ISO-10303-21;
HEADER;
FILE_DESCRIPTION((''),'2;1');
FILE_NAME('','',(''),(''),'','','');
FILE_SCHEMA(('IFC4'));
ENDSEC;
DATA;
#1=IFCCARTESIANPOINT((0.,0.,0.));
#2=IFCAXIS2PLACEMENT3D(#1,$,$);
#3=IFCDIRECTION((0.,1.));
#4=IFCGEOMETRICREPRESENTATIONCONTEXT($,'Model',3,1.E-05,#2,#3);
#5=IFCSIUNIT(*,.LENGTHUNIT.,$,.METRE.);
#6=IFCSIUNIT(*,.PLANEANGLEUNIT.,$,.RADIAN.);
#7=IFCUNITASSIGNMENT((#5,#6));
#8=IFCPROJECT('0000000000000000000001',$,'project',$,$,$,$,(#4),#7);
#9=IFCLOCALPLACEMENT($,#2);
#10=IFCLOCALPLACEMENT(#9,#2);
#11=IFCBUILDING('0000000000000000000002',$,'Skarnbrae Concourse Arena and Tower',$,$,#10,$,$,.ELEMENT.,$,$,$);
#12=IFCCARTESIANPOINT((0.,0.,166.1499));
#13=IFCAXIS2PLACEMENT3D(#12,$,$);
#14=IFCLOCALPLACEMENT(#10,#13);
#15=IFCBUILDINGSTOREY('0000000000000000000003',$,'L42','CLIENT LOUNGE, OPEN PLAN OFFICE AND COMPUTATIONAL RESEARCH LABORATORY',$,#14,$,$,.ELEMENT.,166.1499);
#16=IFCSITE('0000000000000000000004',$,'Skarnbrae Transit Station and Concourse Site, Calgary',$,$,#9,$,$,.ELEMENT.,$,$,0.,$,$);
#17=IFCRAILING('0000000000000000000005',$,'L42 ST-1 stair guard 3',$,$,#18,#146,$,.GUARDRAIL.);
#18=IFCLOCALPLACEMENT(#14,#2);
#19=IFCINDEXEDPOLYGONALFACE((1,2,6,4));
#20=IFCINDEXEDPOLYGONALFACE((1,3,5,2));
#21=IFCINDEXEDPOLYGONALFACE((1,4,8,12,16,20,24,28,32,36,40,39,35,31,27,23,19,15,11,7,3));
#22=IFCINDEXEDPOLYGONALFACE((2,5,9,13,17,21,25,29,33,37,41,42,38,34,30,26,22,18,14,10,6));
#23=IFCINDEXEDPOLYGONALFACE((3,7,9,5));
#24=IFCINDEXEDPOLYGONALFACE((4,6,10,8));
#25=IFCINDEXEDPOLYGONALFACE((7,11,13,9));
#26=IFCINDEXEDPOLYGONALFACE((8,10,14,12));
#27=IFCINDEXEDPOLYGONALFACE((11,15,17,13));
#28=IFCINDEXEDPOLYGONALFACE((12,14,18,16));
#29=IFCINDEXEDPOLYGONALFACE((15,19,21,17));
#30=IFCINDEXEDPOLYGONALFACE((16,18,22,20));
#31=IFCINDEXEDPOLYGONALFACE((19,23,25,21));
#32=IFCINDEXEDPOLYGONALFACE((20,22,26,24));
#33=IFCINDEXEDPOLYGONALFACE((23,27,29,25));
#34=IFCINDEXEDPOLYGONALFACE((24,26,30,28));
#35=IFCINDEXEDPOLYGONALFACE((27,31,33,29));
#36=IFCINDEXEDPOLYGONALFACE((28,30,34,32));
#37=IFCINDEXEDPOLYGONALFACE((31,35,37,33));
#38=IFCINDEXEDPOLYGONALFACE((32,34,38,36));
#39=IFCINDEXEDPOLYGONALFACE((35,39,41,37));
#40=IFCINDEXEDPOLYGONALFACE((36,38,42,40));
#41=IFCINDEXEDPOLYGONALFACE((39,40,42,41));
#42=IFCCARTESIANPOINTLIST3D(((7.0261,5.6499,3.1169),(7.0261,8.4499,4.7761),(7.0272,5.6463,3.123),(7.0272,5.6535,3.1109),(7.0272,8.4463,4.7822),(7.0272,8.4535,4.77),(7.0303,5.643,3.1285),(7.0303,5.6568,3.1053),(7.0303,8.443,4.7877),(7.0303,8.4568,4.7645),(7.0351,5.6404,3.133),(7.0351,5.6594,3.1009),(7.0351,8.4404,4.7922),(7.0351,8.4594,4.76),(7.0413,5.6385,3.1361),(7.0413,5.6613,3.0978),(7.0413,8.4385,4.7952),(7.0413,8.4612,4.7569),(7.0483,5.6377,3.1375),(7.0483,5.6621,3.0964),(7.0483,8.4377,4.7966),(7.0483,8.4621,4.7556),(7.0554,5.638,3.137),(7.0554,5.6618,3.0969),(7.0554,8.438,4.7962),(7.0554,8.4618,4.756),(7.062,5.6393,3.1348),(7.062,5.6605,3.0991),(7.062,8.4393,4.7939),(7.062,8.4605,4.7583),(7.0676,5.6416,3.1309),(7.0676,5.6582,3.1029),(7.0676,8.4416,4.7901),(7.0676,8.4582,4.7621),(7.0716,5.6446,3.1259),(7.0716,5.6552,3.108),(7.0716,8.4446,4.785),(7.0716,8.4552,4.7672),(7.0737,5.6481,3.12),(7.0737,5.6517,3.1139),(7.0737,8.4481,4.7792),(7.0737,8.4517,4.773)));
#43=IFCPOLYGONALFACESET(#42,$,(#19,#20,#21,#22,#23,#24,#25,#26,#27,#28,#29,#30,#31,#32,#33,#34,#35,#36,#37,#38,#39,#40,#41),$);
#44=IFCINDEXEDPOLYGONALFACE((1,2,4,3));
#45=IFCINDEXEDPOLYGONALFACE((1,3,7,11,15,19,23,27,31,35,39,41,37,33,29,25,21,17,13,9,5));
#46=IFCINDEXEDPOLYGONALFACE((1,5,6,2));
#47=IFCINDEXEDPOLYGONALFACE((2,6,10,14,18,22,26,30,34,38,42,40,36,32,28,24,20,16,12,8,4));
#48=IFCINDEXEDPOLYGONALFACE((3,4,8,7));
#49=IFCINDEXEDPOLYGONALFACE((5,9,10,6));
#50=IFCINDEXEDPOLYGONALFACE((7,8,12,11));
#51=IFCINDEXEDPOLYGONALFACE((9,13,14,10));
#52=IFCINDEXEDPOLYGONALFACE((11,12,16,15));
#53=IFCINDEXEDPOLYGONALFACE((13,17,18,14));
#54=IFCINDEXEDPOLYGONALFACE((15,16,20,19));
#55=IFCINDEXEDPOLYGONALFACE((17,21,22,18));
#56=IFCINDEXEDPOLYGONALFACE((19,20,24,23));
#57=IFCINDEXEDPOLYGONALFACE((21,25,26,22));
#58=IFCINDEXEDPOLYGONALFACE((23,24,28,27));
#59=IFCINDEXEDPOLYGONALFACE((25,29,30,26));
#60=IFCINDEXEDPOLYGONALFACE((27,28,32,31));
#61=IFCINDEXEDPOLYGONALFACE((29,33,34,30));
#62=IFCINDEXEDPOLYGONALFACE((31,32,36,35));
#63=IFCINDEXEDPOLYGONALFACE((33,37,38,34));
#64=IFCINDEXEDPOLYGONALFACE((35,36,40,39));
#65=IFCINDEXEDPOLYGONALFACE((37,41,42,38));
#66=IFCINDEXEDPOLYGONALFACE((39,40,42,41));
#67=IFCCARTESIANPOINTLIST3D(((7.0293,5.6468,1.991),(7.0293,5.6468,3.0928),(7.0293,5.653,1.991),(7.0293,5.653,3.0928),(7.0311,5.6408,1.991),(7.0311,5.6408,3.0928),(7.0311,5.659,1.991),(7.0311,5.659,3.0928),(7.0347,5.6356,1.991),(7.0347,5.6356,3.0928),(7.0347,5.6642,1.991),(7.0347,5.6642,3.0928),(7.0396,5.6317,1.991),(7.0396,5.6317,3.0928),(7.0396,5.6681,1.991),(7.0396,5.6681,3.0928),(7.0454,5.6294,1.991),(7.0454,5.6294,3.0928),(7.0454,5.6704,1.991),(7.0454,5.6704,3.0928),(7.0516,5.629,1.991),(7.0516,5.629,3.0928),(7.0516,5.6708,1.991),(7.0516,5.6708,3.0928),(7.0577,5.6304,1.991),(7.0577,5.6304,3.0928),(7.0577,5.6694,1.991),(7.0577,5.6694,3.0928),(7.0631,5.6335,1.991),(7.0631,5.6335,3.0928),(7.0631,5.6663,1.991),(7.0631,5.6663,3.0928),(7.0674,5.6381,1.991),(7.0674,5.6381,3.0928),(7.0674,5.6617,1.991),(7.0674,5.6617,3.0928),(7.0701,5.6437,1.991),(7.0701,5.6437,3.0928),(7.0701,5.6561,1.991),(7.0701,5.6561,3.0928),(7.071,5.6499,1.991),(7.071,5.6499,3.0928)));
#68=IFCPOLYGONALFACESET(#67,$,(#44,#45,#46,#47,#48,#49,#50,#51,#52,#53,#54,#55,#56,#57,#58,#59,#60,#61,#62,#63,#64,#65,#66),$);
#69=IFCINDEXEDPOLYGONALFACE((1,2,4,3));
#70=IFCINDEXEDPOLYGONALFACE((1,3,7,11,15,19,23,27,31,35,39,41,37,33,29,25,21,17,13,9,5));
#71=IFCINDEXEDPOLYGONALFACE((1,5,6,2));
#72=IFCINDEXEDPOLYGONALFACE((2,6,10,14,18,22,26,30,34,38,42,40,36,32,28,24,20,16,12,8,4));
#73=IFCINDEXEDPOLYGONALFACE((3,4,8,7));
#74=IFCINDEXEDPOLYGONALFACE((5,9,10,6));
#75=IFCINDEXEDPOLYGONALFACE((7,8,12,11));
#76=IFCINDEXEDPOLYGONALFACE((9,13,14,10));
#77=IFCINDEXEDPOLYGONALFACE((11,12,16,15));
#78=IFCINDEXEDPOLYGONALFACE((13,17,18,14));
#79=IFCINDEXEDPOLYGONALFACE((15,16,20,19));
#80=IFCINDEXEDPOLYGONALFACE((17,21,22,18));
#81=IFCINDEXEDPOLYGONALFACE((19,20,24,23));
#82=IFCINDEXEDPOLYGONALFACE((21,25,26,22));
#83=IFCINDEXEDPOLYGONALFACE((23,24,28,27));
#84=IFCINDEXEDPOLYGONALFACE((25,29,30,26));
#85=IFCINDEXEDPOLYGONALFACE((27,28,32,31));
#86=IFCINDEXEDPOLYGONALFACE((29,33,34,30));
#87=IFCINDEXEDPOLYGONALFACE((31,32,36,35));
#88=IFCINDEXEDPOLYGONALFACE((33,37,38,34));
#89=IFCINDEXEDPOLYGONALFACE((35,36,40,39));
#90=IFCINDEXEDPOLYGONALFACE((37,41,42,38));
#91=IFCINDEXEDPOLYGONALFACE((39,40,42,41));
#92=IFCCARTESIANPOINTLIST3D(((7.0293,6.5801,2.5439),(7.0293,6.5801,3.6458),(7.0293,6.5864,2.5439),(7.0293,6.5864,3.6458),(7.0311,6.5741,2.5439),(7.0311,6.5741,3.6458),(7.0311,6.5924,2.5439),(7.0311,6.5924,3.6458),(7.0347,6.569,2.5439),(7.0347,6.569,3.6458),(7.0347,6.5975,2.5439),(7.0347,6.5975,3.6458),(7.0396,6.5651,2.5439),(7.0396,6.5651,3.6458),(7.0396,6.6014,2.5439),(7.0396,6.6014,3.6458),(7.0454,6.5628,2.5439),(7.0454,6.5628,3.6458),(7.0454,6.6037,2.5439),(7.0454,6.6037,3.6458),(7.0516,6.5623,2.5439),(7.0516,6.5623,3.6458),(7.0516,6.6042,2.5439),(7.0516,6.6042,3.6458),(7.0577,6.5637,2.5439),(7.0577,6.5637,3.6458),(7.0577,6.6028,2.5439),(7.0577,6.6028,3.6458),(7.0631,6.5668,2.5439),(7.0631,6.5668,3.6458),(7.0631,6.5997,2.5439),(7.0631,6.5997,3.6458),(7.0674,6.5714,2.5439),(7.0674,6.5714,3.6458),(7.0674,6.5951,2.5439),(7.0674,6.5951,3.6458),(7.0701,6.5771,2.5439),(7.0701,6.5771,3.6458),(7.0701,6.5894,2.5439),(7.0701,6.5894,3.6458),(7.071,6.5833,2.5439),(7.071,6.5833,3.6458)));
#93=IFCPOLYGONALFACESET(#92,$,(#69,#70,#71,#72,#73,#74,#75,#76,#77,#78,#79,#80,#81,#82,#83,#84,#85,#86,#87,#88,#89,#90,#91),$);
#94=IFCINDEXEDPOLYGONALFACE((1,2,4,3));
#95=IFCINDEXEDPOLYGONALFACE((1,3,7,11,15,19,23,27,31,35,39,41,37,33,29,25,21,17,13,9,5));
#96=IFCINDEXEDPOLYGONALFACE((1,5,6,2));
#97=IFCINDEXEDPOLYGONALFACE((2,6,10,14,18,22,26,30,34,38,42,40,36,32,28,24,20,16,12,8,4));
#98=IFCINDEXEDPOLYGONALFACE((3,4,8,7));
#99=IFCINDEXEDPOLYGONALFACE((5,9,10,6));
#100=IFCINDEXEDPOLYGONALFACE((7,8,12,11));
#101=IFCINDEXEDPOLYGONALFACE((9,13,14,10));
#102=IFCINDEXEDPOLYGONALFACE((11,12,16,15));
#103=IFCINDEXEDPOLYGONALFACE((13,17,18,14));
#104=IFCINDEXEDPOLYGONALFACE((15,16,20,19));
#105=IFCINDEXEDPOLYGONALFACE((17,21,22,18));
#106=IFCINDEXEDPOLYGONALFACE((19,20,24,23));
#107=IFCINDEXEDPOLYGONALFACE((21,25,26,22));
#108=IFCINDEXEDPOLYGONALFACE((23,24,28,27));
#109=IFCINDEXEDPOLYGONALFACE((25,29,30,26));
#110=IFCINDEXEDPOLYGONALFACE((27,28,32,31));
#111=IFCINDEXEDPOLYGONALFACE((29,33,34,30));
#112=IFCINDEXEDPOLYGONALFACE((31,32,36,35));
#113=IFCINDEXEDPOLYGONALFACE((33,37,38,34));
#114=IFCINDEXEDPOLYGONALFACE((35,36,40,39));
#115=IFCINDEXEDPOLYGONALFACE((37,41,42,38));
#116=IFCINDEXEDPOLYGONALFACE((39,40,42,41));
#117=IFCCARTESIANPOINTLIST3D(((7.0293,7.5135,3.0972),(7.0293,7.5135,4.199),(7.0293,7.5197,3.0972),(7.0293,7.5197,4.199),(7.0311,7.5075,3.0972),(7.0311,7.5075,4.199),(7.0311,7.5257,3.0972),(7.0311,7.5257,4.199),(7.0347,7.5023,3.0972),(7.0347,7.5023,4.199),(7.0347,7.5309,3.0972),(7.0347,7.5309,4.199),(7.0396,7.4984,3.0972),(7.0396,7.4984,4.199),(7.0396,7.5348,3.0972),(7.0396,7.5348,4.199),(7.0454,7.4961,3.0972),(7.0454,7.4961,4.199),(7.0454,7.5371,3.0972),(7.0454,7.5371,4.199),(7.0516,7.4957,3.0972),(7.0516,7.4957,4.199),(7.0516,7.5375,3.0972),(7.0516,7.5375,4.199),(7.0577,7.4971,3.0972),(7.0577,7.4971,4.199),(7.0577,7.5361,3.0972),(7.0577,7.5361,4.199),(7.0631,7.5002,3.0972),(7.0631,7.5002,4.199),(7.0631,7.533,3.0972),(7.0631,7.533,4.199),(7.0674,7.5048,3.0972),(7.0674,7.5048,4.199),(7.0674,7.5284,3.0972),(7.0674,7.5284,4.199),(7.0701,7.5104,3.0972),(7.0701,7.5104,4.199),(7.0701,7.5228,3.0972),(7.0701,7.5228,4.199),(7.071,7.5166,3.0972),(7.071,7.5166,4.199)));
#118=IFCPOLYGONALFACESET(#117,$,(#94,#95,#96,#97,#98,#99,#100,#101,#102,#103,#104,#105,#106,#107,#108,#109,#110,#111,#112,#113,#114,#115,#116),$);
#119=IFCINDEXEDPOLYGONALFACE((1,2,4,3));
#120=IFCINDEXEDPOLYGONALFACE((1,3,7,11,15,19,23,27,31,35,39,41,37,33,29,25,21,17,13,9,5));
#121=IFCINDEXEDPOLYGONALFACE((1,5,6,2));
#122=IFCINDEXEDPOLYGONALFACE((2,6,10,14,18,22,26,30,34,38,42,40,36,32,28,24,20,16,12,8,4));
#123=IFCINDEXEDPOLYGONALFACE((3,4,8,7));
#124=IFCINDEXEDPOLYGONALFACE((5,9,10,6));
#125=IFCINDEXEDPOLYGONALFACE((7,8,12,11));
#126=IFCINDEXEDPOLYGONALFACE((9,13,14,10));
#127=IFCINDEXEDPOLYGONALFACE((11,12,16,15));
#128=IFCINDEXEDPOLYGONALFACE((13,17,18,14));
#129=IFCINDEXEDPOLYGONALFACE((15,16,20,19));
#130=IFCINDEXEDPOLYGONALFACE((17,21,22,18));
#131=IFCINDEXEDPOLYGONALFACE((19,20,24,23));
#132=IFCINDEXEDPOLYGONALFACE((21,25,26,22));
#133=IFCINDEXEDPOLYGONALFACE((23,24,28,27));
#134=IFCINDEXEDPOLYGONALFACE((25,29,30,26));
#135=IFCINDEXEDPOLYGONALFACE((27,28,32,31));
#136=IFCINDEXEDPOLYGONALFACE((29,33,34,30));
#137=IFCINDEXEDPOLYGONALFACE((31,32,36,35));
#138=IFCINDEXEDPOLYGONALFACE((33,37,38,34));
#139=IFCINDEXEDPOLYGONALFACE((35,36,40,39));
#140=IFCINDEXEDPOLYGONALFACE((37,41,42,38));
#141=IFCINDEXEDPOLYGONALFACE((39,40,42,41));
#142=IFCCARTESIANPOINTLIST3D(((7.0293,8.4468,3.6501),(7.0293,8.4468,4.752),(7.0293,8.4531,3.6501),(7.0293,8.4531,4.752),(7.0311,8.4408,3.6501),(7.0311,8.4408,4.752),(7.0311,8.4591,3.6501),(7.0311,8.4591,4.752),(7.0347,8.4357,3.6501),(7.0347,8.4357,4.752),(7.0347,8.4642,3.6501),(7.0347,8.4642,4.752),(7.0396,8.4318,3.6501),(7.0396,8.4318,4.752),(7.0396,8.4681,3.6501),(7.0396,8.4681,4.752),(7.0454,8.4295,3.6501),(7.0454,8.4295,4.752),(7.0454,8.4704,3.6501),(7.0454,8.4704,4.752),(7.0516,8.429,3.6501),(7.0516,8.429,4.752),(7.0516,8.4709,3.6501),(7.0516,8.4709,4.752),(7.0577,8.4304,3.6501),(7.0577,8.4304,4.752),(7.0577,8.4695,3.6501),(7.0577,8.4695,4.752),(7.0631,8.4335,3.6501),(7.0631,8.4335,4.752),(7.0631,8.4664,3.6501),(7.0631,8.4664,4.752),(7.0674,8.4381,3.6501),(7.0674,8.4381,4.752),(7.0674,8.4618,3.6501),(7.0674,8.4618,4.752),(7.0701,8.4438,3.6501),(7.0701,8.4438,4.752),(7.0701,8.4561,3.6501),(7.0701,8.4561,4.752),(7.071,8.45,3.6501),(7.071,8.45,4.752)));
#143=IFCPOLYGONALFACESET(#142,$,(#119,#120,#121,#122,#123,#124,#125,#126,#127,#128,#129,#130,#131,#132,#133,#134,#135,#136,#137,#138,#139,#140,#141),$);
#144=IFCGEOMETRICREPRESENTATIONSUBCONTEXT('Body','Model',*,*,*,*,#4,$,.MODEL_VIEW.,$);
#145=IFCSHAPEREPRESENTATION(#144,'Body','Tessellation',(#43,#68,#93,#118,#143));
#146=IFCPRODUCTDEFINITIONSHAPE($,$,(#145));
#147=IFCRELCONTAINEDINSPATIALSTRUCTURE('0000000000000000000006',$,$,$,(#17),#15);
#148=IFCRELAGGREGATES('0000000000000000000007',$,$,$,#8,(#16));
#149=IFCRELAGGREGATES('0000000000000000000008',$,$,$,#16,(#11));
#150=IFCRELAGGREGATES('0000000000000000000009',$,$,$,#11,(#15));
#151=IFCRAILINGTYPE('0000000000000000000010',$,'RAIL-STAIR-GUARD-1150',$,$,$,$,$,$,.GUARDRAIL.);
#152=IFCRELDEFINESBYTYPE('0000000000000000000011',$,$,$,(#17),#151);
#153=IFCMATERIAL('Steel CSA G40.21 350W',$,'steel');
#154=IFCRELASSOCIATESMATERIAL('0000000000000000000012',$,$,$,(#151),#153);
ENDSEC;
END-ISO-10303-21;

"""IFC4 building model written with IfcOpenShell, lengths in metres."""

from ifc_helpers import new_model, si_unit, direction, frame, origin, origin_2d, place, context, subcontext, project, spatial, circle, extrude, material, type_object, element, save


model = new_model("IFC4")

# Units and contexts
model_context = context("Model", 3, precision=1e-05, world=origin(), true_north=direction((0.0, 1.0)))
body_context = subcontext(model_context, "Body", "Model", "MODEL_VIEW")
ifc_project = project(units=[si_unit("LENGTHUNIT", "METRE"), si_unit("PLANEANGLEUNIT", "RADIAN")], contexts=[model_context])

# Site, building, storey
site_placement = place(None, origin())
site = spatial("IfcSite", under=ifc_project, at=site_placement, Name="Skarnbrae Transit Station and Concourse Site, Calgary", CompositionType="ELEMENT", RefElevation=0.0)
building_placement = place(site_placement, origin())
building = spatial("IfcBuilding", under=site, at=building_placement, Name="Skarnbrae Concourse Arena and Tower", CompositionType="ELEMENT")
storey_placement = place(building_placement, frame((0.0, 0.0, 166.1499)))
storey = spatial("IfcBuildingStorey", under=building, at=storey_placement, Name="L42", Description="CLIENT LOUNGE, OPEN PLAN OFFICE AND COMPUTATIONAL RESEARCH LABORATORY", CompositionType="ELEMENT", Elevation=166.1499)

# Railing
ifc_material_1 = material(Name="Steel CSA G40.21 350W", Category="steel")
railing_type_1 = type_object("IfcRailingType", Name="RAIL-STAIR-GUARD-1150", PredefinedType="GUARDRAIL", material=ifc_material_1)
railing_1_placement = place(storey_placement, frame((7.05, 5.6499, 1.991)))
element("IfcRailing", 1, at=railing_1_placement, inside=storey, type_object=railing_type_1, Name="L42 ST-1 stair guard 3", PredefinedType="GUARDRAIL", context=body_context, shape_type="SweptSolid", body=[
    extrude(circle(Radius=0.0239, at=origin_2d()), frame((0.0, 0.0, 1.126), z_axis=(0.0, 0.860306, 0.509778), x_axis=(-1.0, 0.0, 0.0)), (0.0, 0.0, 1.0), 3.2546),
    extrude(circle(Radius=0.021, at=origin_2d()), origin(), (0.0, 0.0, 1.0), 1.1018),
    extrude(circle(Radius=0.021, at=origin_2d()), frame((0.0, 0.9333, 0.553)), (0.0, 0.0, 1.0), 1.1018),
    extrude(circle(Radius=0.021, at=origin_2d()), frame((0.0, 1.8667, 1.1062)), (0.0, 0.0, 1.0), 1.1018),
    extrude(circle(Radius=0.021, at=origin_2d()), frame((0.0, 2.8, 1.6592)), (0.0, 0.0, 1.0), 1.1018),
])

save(model, "model.ifc")
